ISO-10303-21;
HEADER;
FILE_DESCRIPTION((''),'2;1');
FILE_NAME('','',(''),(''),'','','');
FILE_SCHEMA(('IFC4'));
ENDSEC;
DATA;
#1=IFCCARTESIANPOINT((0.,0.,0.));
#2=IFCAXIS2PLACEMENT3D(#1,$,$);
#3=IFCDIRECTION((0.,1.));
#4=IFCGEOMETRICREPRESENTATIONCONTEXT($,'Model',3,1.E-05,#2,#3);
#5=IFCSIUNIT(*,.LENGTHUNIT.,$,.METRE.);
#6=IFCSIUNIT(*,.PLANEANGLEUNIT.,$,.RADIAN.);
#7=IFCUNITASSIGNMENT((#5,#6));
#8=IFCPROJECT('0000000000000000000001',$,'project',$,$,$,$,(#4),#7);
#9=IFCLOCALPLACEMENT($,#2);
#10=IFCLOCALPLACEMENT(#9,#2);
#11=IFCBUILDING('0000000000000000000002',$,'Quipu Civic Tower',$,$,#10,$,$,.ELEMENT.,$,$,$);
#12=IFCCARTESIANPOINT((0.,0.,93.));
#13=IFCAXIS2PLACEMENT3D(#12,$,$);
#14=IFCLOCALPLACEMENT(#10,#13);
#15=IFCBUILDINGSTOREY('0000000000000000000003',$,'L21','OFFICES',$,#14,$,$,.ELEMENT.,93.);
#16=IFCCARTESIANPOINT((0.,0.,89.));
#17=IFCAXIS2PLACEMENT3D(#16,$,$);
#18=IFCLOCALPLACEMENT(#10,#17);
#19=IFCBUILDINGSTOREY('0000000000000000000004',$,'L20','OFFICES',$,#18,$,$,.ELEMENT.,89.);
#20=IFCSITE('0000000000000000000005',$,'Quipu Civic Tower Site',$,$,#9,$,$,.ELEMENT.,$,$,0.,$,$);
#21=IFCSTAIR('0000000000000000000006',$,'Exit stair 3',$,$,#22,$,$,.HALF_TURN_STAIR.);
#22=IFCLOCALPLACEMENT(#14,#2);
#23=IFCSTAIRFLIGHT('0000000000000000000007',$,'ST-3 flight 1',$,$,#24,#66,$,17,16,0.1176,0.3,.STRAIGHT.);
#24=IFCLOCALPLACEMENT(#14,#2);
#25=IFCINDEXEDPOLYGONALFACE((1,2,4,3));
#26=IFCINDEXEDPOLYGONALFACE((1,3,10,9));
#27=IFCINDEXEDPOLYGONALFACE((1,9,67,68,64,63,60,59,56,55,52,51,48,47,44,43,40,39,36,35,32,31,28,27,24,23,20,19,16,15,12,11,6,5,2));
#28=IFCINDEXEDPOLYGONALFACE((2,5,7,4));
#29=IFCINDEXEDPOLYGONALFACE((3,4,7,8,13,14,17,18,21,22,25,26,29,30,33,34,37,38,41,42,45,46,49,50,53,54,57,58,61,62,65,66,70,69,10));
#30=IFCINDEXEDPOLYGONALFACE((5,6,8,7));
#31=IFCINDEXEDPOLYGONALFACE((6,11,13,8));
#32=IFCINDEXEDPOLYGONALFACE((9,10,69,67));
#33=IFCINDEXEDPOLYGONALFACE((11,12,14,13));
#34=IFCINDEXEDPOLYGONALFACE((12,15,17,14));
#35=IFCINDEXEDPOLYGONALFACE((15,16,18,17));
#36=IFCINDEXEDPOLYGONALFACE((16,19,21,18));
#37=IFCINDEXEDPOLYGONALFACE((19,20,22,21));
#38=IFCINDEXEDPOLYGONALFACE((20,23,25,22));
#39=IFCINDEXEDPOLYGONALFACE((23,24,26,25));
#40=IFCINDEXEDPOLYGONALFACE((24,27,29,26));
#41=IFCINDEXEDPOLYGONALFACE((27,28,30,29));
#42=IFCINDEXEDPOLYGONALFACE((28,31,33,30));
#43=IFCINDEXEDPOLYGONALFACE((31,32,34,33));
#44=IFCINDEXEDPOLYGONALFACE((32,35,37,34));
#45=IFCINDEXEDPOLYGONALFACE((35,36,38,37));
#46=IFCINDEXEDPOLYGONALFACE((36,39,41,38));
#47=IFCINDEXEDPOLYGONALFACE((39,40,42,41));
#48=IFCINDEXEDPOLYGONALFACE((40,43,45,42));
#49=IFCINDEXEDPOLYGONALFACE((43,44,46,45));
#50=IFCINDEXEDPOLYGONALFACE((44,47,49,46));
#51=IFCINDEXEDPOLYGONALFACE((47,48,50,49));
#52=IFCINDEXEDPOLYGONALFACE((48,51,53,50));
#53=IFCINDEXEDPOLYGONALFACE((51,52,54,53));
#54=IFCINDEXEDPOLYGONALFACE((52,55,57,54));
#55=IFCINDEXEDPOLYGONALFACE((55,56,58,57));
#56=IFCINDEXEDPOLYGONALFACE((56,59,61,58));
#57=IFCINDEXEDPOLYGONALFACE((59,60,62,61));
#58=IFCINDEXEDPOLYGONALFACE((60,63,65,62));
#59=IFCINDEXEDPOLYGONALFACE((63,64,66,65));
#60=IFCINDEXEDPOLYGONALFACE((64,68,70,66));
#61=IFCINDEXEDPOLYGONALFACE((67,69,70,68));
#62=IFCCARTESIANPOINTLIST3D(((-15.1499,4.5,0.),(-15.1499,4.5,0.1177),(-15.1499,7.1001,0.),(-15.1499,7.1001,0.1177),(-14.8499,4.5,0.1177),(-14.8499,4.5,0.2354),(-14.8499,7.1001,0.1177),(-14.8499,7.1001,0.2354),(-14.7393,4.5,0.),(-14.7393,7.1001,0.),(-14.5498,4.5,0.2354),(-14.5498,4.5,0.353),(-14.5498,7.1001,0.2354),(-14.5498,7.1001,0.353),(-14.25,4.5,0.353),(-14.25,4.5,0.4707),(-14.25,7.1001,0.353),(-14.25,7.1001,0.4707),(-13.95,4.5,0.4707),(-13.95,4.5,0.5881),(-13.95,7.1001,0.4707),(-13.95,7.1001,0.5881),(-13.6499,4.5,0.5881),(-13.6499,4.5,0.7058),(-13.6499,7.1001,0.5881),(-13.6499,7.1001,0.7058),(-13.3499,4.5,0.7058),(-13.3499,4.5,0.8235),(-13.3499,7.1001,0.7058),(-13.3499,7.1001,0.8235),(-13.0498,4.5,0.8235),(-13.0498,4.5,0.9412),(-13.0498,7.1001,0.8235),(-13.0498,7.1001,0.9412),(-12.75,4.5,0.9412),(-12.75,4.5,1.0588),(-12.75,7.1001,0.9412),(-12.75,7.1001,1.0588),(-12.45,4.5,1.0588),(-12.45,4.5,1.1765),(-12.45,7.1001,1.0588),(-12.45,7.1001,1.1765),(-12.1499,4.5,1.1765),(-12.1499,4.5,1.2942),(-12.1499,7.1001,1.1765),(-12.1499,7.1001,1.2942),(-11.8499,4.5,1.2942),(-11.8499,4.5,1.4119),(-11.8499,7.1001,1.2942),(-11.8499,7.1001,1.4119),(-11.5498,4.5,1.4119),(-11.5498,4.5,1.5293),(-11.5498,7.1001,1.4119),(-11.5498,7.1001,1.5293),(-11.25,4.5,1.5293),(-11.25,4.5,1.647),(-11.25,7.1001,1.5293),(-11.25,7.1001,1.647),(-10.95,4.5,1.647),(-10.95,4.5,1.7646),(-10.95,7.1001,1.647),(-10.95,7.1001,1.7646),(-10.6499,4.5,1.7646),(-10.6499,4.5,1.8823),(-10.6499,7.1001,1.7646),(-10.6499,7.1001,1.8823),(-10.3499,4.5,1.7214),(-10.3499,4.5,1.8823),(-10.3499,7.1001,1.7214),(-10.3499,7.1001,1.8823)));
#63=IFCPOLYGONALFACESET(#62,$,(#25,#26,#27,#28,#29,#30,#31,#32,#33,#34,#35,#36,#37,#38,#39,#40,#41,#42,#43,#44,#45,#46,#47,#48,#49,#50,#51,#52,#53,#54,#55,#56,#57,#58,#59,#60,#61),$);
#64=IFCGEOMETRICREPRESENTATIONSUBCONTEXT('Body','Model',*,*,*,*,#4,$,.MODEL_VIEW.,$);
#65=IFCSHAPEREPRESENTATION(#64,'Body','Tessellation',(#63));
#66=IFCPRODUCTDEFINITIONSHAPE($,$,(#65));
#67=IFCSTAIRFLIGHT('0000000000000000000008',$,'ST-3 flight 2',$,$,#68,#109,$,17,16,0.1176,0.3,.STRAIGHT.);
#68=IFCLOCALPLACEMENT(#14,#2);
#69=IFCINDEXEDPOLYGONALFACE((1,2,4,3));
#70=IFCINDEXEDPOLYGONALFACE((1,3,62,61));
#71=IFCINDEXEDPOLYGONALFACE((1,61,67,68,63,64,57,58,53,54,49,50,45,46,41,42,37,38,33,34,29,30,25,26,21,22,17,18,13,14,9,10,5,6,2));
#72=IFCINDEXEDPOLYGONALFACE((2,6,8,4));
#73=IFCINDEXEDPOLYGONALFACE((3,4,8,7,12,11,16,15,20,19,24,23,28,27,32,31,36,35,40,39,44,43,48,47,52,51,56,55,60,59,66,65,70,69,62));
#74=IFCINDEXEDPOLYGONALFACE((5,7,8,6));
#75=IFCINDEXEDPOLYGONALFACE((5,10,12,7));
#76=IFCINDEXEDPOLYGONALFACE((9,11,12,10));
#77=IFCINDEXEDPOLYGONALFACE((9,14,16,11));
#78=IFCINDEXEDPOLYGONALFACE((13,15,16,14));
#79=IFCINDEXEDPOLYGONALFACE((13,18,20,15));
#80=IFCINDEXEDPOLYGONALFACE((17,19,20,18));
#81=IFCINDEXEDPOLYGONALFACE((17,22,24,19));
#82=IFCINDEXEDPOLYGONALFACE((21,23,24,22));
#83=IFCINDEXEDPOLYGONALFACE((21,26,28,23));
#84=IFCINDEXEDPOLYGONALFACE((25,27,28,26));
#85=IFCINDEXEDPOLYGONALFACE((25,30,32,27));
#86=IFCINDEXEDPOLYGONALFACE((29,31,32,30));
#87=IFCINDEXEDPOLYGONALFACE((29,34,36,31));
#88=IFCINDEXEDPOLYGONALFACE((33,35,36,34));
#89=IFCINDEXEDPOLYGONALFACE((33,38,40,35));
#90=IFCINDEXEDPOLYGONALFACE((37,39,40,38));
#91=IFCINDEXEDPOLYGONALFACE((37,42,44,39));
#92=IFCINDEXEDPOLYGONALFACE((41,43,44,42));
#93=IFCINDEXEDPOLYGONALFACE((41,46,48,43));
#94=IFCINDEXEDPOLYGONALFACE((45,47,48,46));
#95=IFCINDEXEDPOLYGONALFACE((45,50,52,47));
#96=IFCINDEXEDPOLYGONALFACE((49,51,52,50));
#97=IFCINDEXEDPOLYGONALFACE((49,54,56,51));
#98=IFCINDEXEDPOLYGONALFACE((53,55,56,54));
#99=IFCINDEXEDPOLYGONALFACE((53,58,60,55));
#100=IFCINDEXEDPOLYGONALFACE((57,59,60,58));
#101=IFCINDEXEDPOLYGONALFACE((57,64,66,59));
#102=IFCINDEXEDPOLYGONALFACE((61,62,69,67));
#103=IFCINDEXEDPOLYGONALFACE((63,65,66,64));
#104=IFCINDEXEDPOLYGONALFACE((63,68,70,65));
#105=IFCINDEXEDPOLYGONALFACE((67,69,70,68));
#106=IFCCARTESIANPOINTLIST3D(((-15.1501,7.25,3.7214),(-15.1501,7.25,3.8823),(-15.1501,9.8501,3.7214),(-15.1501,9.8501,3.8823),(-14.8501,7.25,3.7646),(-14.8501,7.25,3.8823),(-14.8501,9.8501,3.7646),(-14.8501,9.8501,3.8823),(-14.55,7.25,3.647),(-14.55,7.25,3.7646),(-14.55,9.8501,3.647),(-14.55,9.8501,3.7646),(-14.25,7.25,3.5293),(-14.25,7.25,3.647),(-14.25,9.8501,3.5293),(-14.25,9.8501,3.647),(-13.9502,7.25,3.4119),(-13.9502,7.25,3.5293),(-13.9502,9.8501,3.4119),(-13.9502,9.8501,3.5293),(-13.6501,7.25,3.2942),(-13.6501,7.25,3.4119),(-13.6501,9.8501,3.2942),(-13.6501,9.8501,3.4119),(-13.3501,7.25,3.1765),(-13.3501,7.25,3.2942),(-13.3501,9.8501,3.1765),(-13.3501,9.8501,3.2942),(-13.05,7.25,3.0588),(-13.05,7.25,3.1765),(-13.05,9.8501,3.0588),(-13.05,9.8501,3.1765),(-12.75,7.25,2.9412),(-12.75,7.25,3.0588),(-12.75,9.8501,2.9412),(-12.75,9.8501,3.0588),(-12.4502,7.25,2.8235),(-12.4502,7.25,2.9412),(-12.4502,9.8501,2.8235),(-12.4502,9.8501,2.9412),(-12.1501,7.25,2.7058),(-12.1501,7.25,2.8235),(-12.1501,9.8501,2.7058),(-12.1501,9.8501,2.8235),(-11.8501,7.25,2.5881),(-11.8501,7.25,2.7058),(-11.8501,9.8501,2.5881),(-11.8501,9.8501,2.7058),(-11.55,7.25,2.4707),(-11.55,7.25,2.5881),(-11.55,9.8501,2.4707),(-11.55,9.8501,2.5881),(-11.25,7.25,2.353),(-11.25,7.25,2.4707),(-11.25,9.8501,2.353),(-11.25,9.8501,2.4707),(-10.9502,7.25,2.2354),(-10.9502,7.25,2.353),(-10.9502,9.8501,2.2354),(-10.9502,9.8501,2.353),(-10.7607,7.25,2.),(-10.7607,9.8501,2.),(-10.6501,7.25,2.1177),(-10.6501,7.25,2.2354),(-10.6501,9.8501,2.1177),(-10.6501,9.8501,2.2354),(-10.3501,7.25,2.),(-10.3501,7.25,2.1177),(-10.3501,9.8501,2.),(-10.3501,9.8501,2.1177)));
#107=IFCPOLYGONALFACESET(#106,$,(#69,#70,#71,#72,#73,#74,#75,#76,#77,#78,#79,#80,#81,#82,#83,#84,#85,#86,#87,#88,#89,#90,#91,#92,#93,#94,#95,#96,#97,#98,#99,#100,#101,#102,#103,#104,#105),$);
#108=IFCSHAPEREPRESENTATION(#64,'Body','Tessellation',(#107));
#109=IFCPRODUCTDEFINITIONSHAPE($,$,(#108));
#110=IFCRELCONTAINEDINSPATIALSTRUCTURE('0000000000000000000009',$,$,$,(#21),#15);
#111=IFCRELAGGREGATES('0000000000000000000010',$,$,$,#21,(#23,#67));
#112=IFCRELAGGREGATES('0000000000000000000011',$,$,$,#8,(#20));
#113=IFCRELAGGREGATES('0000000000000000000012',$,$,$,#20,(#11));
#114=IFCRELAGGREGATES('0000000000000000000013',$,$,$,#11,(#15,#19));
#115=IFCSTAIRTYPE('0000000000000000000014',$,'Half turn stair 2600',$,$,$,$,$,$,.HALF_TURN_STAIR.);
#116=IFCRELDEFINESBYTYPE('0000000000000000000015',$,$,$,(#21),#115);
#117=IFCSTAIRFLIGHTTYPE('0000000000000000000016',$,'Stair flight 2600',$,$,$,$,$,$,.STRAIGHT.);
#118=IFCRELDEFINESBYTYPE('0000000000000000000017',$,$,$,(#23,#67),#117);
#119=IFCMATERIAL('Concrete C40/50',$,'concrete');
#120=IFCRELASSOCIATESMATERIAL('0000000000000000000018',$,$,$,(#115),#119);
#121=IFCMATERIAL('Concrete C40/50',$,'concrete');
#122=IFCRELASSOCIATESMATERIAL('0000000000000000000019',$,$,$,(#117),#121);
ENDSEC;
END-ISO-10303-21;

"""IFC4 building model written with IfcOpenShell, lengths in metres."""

from ifc_helpers import new_model, si_unit, direction, frame, origin, place, context, subcontext, project, spatial, polyline, outline, extrude, material, type_object, element, aggregate, save


model = new_model("IFC4")

# Units and contexts
model_context = context("Model", 3, precision=1e-05, world=origin(), true_north=direction((0.0, 1.0)))
body_context = subcontext(model_context, "Body", "Model", "MODEL_VIEW")
ifc_project = project(units=[si_unit("LENGTHUNIT", "METRE"), si_unit("PLANEANGLEUNIT", "RADIAN")], contexts=[model_context])

# Site, building, storey
site_placement = place(None, origin())
site = spatial("IfcSite", under=ifc_project, at=site_placement, Name="Quipu Civic Tower Site", CompositionType="ELEMENT", RefElevation=0.0)
building_placement = place(site_placement, origin())
building = spatial("IfcBuilding", under=site, at=building_placement, Name="Quipu Civic Tower", CompositionType="ELEMENT")
storey_1_placement = place(building_placement, frame((0.0, 0.0, 93.0)))
storey_1 = spatial("IfcBuildingStorey", under=building, at=storey_1_placement, Name="L21", Description="OFFICES", CompositionType="ELEMENT", Elevation=93.0)

# Shared definitions
storey_2_placement = place(building_placement, frame((0.0, 0.0, 89.0)))
storey_2 = spatial("IfcBuildingStorey", under=building, at=storey_2_placement, Name="L20", Description="OFFICES", CompositionType="ELEMENT", Elevation=89.0)

# Stair, stair flights
ifc_material_1 = material(Name="Concrete C40/50", Category="concrete")
stair_type = type_object("IfcStairType", Name="Half turn stair 2600", PredefinedType="HALF_TURN_STAIR", material=ifc_material_1)
stair_placement = place(storey_1_placement, origin())
stair = element("IfcStair", 1, at=stair_placement, inside=storey_1, type_object=stair_type, Name="Exit stair 3", PredefinedType="HALF_TURN_STAIR")
ifc_material_2 = material(Name="Concrete C40/50", Category="concrete")
stair_flight_type = type_object("IfcStairFlightType", Name="Stair flight 2600", PredefinedType="STRAIGHT", material=ifc_material_2)
stair_flight_1_placement = place(storey_1_placement, frame((-15.1499, 5.8, 0.0), z_axis=(0.0, 0.0, 1.0), x_axis=(1.0, 0.0, 0.0)))
stair_flight_1 = element("IfcStairFlight", 2, at=stair_flight_1_placement, type_object=stair_flight_type, Name="ST-3 flight 1", NumberOfRisers=17, NumberOfTreads=16, PredefinedType="STRAIGHT", RiserHeight=0.1176, TreadLength=0.3, context=body_context, shape_type="SweptSolid", body=[
    extrude(outline(polyline([(0.0, 0.0), (0.0, 0.1177), (0.3, 0.1177), (0.3, 0.2354), (0.6001, 0.2354), (0.6001, 0.353), (0.8999, 0.353), (0.8999, 0.4707), (1.2, 0.4707), (1.2, 0.5881), (1.5, 0.5881), (1.5, 0.7058), (1.8, 0.7058), (1.8, 0.8235), (2.1001, 0.8235), (2.1001, 0.9412), (2.3999, 0.9412), (2.3999, 1.0588), (2.7, 1.0588), (2.7, 1.1765), (3.0, 1.1765), (3.0, 1.2942), (3.3, 1.2942), (3.3, 1.4119), (3.6001, 1.4119), (3.6001, 1.5293), (3.8999, 1.5293), (3.8999, 1.647), (4.2, 1.647), (4.2, 1.7646), (4.5, 1.7646), (4.5, 1.8823), (4.8, 1.8823), (4.8, 2.0), (4.8, 1.7214), (0.4106, 0.0), (0.0, 0.0)])), frame((0.0, 1.3, 0.0), z_axis=(0.0, -1.0, 0.0), x_axis=(1.0, 0.0, 0.0)), (0.0, 0.0, 1.0), 2.6001),
])
stair_flight_2_placement = place(storey_1_placement, frame((-10.3501, 8.55, 2.0), z_axis=(0.0, 0.0, 1.0), x_axis=(-1.0, 0.0, 0.0)))
stair_flight_2 = element("IfcStairFlight", 3, at=stair_flight_2_placement, type_object=stair_flight_type, Name="ST-3 flight 2", NumberOfRisers=17, NumberOfTreads=16, PredefinedType="STRAIGHT", RiserHeight=0.1176, TreadLength=0.3, context=body_context, shape_type="SweptSolid", body=[
    extrude(outline(polyline([(0.0, 0.0), (0.0, 0.1177), (0.3, 0.1177), (0.3, 0.2354), (0.6001, 0.2354), (0.6001, 0.353), (0.8999, 0.353), (0.8999, 0.4707), (1.2, 0.4707), (1.2, 0.5881), (1.5, 0.5881), (1.5, 0.7058), (1.8, 0.7058), (1.8, 0.8235), (2.1001, 0.8235), (2.1001, 0.9412), (2.3999, 0.9412), (2.3999, 1.0588), (2.7, 1.0588), (2.7, 1.1765), (3.0, 1.1765), (3.0, 1.2942), (3.3, 1.2942), (3.3, 1.4119), (3.6001, 1.4119), (3.6001, 1.5293), (3.8999, 1.5293), (3.8999, 1.647), (4.2, 1.647), (4.2, 1.7646), (4.5, 1.7646), (4.5, 1.8823), (4.8, 1.8823), (4.8, 2.0), (4.8, 1.7214), (0.4106, 0.0), (0.0, 0.0)])), frame((0.0, 1.3, 0.0), z_axis=(0.0, -1.0, 0.0), x_axis=(1.0, 0.0, 0.0)), (0.0, 0.0, 1.0), 2.6001),
])
aggregate(stair, [stair_flight_1, stair_flight_2])

save(model, "model.ifc")
